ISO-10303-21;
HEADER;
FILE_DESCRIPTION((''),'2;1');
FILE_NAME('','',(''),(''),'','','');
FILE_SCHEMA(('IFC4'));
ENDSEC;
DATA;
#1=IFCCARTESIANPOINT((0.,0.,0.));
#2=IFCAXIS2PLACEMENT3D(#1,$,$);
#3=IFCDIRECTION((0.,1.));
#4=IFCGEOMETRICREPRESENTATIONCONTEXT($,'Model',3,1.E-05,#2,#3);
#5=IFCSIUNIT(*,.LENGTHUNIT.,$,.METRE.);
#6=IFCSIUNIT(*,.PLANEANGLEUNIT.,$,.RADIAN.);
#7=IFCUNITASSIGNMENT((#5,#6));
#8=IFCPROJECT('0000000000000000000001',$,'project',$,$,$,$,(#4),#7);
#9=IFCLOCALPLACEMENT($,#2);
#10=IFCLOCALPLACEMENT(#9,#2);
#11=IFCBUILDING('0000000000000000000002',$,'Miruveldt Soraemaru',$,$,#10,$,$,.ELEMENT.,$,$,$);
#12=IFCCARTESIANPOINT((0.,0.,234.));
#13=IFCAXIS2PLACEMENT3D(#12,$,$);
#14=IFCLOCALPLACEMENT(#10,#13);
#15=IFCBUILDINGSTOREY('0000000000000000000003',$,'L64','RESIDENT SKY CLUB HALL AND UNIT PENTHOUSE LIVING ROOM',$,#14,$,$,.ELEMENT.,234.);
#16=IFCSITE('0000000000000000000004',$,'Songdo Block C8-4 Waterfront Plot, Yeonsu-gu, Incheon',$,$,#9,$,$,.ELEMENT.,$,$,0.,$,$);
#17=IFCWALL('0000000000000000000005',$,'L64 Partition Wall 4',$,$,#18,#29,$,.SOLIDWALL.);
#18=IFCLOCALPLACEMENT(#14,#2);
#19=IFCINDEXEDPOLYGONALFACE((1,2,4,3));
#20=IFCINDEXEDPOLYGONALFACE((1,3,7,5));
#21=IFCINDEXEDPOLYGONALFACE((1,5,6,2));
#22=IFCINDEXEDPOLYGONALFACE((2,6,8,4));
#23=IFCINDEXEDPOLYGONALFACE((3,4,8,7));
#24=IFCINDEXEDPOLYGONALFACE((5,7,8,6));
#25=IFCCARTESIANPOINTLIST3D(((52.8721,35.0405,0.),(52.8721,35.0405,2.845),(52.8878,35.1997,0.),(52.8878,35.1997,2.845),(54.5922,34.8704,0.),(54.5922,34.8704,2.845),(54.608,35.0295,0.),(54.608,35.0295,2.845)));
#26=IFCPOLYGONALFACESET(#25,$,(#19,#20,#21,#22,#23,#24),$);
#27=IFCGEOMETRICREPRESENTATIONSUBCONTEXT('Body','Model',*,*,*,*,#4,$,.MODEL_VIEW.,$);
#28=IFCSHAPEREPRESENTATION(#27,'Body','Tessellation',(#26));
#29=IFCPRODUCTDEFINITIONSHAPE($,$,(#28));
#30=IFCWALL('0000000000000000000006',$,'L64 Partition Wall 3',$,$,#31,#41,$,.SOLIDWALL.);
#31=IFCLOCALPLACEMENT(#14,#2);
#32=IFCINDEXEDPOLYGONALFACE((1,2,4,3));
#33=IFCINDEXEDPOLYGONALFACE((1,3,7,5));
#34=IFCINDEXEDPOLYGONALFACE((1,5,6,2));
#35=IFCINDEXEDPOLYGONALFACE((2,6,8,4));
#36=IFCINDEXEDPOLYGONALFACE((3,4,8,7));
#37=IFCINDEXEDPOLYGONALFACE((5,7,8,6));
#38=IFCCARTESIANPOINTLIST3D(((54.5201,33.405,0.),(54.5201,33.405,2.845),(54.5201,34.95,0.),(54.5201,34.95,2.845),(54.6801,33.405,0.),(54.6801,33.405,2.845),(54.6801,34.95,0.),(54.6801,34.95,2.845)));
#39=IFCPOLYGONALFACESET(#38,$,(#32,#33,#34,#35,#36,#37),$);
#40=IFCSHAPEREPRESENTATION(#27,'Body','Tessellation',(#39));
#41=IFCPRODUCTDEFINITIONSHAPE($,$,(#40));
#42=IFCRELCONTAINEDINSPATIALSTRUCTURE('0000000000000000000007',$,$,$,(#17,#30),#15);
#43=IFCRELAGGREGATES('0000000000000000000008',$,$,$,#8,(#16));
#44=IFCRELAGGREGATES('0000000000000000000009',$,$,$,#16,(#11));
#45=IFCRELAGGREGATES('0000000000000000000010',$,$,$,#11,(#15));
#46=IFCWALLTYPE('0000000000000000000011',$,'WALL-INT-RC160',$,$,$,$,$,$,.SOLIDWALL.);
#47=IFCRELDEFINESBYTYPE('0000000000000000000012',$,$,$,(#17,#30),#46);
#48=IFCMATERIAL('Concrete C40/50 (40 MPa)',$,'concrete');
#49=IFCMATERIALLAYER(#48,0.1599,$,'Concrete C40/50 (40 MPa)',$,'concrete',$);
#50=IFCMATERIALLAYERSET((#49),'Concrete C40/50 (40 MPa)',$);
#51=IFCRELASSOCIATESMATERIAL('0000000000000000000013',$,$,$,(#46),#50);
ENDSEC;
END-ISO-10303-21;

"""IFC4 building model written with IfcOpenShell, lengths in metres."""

from ifc_helpers import new_model, si_unit, direction, frame, frame_2d, origin, place, context, subcontext, project, spatial, rectangle, extrude, material, layer, layer_set, type_object, element, save


model = new_model("IFC4")

# Units and contexts
model_context = context("Model", 3, precision=1e-05, world=origin(), true_north=direction((0.0, 1.0)))
body_context = subcontext(model_context, "Body", "Model", "MODEL_VIEW")
ifc_project = project(units=[si_unit("LENGTHUNIT", "METRE"), si_unit("PLANEANGLEUNIT", "RADIAN")], contexts=[model_context])

# Site, building, storey
site_placement = place(None, origin())
site = spatial("IfcSite", under=ifc_project, at=site_placement, Name="Songdo Block C8-4 Waterfront Plot, Yeonsu-gu, Incheon", CompositionType="ELEMENT", RefElevation=0.0)
building_placement = place(site_placement, origin())
building = spatial("IfcBuilding", under=site, at=building_placement, Name="Miruveldt Soraemaru", CompositionType="ELEMENT")
storey_placement = place(building_placement, frame((0.0, 0.0, 234.0)))
storey = spatial("IfcBuildingStorey", under=building, at=storey_placement, Name="L64", Description="RESIDENT SKY CLUB HALL AND UNIT PENTHOUSE LIVING ROOM", CompositionType="ELEMENT", Elevation=234.0)

# Walls
ifc_material_1 = material(Name="Concrete C40/50 (40 MPa)", Category="concrete")
ifc_layer_1 = layer(ifc_material_1, 0.1599, Name="Concrete C40/50 (40 MPa)", Category="concrete")
ifc_layer_set_1 = layer_set([ifc_layer_1], Name="Concrete C40/50 (40 MPa)")
wall_type_1 = type_object("IfcWallType", Name="WALL-INT-RC160", PredefinedType="SOLIDWALL", material=ifc_layer_set_1)
wall_1_placement = place(storey_placement, frame((54.6001, 34.95, 0.0), z_axis=(0.0, 0.0, 1.0), x_axis=(-0.995143, 0.098441, 0.0)))
element("IfcWall", 1, at=wall_1_placement, inside=storey, type_object=wall_type_1, Name="L64 Partition Wall 4", PredefinedType="SOLIDWALL", context=body_context, shape_type="SweptSolid", body=[
    extrude(rectangle(XDim=1.7285, YDim=0.1599, at=frame_2d((0.8643, 0.0))), origin(), (0.0, 0.0, 1.0), 2.845),
])
wall_2_placement = place(storey_placement, frame((54.6001, 33.405, 0.0), z_axis=(0.0, 0.0, 1.0), x_axis=(0.0, 1.0, 0.0)))
element("IfcWall", 2, at=wall_2_placement, inside=storey, type_object=wall_type_1, Name="L64 Partition Wall 3", PredefinedType="SOLIDWALL", context=body_context, shape_type="SweptSolid", body=[
    extrude(rectangle(XDim=1.5449, YDim=0.1599, at=frame_2d((0.7725, 0.0))), origin(), (0.0, 0.0, 1.0), 2.845),
])

save(model, "model.ifc")
